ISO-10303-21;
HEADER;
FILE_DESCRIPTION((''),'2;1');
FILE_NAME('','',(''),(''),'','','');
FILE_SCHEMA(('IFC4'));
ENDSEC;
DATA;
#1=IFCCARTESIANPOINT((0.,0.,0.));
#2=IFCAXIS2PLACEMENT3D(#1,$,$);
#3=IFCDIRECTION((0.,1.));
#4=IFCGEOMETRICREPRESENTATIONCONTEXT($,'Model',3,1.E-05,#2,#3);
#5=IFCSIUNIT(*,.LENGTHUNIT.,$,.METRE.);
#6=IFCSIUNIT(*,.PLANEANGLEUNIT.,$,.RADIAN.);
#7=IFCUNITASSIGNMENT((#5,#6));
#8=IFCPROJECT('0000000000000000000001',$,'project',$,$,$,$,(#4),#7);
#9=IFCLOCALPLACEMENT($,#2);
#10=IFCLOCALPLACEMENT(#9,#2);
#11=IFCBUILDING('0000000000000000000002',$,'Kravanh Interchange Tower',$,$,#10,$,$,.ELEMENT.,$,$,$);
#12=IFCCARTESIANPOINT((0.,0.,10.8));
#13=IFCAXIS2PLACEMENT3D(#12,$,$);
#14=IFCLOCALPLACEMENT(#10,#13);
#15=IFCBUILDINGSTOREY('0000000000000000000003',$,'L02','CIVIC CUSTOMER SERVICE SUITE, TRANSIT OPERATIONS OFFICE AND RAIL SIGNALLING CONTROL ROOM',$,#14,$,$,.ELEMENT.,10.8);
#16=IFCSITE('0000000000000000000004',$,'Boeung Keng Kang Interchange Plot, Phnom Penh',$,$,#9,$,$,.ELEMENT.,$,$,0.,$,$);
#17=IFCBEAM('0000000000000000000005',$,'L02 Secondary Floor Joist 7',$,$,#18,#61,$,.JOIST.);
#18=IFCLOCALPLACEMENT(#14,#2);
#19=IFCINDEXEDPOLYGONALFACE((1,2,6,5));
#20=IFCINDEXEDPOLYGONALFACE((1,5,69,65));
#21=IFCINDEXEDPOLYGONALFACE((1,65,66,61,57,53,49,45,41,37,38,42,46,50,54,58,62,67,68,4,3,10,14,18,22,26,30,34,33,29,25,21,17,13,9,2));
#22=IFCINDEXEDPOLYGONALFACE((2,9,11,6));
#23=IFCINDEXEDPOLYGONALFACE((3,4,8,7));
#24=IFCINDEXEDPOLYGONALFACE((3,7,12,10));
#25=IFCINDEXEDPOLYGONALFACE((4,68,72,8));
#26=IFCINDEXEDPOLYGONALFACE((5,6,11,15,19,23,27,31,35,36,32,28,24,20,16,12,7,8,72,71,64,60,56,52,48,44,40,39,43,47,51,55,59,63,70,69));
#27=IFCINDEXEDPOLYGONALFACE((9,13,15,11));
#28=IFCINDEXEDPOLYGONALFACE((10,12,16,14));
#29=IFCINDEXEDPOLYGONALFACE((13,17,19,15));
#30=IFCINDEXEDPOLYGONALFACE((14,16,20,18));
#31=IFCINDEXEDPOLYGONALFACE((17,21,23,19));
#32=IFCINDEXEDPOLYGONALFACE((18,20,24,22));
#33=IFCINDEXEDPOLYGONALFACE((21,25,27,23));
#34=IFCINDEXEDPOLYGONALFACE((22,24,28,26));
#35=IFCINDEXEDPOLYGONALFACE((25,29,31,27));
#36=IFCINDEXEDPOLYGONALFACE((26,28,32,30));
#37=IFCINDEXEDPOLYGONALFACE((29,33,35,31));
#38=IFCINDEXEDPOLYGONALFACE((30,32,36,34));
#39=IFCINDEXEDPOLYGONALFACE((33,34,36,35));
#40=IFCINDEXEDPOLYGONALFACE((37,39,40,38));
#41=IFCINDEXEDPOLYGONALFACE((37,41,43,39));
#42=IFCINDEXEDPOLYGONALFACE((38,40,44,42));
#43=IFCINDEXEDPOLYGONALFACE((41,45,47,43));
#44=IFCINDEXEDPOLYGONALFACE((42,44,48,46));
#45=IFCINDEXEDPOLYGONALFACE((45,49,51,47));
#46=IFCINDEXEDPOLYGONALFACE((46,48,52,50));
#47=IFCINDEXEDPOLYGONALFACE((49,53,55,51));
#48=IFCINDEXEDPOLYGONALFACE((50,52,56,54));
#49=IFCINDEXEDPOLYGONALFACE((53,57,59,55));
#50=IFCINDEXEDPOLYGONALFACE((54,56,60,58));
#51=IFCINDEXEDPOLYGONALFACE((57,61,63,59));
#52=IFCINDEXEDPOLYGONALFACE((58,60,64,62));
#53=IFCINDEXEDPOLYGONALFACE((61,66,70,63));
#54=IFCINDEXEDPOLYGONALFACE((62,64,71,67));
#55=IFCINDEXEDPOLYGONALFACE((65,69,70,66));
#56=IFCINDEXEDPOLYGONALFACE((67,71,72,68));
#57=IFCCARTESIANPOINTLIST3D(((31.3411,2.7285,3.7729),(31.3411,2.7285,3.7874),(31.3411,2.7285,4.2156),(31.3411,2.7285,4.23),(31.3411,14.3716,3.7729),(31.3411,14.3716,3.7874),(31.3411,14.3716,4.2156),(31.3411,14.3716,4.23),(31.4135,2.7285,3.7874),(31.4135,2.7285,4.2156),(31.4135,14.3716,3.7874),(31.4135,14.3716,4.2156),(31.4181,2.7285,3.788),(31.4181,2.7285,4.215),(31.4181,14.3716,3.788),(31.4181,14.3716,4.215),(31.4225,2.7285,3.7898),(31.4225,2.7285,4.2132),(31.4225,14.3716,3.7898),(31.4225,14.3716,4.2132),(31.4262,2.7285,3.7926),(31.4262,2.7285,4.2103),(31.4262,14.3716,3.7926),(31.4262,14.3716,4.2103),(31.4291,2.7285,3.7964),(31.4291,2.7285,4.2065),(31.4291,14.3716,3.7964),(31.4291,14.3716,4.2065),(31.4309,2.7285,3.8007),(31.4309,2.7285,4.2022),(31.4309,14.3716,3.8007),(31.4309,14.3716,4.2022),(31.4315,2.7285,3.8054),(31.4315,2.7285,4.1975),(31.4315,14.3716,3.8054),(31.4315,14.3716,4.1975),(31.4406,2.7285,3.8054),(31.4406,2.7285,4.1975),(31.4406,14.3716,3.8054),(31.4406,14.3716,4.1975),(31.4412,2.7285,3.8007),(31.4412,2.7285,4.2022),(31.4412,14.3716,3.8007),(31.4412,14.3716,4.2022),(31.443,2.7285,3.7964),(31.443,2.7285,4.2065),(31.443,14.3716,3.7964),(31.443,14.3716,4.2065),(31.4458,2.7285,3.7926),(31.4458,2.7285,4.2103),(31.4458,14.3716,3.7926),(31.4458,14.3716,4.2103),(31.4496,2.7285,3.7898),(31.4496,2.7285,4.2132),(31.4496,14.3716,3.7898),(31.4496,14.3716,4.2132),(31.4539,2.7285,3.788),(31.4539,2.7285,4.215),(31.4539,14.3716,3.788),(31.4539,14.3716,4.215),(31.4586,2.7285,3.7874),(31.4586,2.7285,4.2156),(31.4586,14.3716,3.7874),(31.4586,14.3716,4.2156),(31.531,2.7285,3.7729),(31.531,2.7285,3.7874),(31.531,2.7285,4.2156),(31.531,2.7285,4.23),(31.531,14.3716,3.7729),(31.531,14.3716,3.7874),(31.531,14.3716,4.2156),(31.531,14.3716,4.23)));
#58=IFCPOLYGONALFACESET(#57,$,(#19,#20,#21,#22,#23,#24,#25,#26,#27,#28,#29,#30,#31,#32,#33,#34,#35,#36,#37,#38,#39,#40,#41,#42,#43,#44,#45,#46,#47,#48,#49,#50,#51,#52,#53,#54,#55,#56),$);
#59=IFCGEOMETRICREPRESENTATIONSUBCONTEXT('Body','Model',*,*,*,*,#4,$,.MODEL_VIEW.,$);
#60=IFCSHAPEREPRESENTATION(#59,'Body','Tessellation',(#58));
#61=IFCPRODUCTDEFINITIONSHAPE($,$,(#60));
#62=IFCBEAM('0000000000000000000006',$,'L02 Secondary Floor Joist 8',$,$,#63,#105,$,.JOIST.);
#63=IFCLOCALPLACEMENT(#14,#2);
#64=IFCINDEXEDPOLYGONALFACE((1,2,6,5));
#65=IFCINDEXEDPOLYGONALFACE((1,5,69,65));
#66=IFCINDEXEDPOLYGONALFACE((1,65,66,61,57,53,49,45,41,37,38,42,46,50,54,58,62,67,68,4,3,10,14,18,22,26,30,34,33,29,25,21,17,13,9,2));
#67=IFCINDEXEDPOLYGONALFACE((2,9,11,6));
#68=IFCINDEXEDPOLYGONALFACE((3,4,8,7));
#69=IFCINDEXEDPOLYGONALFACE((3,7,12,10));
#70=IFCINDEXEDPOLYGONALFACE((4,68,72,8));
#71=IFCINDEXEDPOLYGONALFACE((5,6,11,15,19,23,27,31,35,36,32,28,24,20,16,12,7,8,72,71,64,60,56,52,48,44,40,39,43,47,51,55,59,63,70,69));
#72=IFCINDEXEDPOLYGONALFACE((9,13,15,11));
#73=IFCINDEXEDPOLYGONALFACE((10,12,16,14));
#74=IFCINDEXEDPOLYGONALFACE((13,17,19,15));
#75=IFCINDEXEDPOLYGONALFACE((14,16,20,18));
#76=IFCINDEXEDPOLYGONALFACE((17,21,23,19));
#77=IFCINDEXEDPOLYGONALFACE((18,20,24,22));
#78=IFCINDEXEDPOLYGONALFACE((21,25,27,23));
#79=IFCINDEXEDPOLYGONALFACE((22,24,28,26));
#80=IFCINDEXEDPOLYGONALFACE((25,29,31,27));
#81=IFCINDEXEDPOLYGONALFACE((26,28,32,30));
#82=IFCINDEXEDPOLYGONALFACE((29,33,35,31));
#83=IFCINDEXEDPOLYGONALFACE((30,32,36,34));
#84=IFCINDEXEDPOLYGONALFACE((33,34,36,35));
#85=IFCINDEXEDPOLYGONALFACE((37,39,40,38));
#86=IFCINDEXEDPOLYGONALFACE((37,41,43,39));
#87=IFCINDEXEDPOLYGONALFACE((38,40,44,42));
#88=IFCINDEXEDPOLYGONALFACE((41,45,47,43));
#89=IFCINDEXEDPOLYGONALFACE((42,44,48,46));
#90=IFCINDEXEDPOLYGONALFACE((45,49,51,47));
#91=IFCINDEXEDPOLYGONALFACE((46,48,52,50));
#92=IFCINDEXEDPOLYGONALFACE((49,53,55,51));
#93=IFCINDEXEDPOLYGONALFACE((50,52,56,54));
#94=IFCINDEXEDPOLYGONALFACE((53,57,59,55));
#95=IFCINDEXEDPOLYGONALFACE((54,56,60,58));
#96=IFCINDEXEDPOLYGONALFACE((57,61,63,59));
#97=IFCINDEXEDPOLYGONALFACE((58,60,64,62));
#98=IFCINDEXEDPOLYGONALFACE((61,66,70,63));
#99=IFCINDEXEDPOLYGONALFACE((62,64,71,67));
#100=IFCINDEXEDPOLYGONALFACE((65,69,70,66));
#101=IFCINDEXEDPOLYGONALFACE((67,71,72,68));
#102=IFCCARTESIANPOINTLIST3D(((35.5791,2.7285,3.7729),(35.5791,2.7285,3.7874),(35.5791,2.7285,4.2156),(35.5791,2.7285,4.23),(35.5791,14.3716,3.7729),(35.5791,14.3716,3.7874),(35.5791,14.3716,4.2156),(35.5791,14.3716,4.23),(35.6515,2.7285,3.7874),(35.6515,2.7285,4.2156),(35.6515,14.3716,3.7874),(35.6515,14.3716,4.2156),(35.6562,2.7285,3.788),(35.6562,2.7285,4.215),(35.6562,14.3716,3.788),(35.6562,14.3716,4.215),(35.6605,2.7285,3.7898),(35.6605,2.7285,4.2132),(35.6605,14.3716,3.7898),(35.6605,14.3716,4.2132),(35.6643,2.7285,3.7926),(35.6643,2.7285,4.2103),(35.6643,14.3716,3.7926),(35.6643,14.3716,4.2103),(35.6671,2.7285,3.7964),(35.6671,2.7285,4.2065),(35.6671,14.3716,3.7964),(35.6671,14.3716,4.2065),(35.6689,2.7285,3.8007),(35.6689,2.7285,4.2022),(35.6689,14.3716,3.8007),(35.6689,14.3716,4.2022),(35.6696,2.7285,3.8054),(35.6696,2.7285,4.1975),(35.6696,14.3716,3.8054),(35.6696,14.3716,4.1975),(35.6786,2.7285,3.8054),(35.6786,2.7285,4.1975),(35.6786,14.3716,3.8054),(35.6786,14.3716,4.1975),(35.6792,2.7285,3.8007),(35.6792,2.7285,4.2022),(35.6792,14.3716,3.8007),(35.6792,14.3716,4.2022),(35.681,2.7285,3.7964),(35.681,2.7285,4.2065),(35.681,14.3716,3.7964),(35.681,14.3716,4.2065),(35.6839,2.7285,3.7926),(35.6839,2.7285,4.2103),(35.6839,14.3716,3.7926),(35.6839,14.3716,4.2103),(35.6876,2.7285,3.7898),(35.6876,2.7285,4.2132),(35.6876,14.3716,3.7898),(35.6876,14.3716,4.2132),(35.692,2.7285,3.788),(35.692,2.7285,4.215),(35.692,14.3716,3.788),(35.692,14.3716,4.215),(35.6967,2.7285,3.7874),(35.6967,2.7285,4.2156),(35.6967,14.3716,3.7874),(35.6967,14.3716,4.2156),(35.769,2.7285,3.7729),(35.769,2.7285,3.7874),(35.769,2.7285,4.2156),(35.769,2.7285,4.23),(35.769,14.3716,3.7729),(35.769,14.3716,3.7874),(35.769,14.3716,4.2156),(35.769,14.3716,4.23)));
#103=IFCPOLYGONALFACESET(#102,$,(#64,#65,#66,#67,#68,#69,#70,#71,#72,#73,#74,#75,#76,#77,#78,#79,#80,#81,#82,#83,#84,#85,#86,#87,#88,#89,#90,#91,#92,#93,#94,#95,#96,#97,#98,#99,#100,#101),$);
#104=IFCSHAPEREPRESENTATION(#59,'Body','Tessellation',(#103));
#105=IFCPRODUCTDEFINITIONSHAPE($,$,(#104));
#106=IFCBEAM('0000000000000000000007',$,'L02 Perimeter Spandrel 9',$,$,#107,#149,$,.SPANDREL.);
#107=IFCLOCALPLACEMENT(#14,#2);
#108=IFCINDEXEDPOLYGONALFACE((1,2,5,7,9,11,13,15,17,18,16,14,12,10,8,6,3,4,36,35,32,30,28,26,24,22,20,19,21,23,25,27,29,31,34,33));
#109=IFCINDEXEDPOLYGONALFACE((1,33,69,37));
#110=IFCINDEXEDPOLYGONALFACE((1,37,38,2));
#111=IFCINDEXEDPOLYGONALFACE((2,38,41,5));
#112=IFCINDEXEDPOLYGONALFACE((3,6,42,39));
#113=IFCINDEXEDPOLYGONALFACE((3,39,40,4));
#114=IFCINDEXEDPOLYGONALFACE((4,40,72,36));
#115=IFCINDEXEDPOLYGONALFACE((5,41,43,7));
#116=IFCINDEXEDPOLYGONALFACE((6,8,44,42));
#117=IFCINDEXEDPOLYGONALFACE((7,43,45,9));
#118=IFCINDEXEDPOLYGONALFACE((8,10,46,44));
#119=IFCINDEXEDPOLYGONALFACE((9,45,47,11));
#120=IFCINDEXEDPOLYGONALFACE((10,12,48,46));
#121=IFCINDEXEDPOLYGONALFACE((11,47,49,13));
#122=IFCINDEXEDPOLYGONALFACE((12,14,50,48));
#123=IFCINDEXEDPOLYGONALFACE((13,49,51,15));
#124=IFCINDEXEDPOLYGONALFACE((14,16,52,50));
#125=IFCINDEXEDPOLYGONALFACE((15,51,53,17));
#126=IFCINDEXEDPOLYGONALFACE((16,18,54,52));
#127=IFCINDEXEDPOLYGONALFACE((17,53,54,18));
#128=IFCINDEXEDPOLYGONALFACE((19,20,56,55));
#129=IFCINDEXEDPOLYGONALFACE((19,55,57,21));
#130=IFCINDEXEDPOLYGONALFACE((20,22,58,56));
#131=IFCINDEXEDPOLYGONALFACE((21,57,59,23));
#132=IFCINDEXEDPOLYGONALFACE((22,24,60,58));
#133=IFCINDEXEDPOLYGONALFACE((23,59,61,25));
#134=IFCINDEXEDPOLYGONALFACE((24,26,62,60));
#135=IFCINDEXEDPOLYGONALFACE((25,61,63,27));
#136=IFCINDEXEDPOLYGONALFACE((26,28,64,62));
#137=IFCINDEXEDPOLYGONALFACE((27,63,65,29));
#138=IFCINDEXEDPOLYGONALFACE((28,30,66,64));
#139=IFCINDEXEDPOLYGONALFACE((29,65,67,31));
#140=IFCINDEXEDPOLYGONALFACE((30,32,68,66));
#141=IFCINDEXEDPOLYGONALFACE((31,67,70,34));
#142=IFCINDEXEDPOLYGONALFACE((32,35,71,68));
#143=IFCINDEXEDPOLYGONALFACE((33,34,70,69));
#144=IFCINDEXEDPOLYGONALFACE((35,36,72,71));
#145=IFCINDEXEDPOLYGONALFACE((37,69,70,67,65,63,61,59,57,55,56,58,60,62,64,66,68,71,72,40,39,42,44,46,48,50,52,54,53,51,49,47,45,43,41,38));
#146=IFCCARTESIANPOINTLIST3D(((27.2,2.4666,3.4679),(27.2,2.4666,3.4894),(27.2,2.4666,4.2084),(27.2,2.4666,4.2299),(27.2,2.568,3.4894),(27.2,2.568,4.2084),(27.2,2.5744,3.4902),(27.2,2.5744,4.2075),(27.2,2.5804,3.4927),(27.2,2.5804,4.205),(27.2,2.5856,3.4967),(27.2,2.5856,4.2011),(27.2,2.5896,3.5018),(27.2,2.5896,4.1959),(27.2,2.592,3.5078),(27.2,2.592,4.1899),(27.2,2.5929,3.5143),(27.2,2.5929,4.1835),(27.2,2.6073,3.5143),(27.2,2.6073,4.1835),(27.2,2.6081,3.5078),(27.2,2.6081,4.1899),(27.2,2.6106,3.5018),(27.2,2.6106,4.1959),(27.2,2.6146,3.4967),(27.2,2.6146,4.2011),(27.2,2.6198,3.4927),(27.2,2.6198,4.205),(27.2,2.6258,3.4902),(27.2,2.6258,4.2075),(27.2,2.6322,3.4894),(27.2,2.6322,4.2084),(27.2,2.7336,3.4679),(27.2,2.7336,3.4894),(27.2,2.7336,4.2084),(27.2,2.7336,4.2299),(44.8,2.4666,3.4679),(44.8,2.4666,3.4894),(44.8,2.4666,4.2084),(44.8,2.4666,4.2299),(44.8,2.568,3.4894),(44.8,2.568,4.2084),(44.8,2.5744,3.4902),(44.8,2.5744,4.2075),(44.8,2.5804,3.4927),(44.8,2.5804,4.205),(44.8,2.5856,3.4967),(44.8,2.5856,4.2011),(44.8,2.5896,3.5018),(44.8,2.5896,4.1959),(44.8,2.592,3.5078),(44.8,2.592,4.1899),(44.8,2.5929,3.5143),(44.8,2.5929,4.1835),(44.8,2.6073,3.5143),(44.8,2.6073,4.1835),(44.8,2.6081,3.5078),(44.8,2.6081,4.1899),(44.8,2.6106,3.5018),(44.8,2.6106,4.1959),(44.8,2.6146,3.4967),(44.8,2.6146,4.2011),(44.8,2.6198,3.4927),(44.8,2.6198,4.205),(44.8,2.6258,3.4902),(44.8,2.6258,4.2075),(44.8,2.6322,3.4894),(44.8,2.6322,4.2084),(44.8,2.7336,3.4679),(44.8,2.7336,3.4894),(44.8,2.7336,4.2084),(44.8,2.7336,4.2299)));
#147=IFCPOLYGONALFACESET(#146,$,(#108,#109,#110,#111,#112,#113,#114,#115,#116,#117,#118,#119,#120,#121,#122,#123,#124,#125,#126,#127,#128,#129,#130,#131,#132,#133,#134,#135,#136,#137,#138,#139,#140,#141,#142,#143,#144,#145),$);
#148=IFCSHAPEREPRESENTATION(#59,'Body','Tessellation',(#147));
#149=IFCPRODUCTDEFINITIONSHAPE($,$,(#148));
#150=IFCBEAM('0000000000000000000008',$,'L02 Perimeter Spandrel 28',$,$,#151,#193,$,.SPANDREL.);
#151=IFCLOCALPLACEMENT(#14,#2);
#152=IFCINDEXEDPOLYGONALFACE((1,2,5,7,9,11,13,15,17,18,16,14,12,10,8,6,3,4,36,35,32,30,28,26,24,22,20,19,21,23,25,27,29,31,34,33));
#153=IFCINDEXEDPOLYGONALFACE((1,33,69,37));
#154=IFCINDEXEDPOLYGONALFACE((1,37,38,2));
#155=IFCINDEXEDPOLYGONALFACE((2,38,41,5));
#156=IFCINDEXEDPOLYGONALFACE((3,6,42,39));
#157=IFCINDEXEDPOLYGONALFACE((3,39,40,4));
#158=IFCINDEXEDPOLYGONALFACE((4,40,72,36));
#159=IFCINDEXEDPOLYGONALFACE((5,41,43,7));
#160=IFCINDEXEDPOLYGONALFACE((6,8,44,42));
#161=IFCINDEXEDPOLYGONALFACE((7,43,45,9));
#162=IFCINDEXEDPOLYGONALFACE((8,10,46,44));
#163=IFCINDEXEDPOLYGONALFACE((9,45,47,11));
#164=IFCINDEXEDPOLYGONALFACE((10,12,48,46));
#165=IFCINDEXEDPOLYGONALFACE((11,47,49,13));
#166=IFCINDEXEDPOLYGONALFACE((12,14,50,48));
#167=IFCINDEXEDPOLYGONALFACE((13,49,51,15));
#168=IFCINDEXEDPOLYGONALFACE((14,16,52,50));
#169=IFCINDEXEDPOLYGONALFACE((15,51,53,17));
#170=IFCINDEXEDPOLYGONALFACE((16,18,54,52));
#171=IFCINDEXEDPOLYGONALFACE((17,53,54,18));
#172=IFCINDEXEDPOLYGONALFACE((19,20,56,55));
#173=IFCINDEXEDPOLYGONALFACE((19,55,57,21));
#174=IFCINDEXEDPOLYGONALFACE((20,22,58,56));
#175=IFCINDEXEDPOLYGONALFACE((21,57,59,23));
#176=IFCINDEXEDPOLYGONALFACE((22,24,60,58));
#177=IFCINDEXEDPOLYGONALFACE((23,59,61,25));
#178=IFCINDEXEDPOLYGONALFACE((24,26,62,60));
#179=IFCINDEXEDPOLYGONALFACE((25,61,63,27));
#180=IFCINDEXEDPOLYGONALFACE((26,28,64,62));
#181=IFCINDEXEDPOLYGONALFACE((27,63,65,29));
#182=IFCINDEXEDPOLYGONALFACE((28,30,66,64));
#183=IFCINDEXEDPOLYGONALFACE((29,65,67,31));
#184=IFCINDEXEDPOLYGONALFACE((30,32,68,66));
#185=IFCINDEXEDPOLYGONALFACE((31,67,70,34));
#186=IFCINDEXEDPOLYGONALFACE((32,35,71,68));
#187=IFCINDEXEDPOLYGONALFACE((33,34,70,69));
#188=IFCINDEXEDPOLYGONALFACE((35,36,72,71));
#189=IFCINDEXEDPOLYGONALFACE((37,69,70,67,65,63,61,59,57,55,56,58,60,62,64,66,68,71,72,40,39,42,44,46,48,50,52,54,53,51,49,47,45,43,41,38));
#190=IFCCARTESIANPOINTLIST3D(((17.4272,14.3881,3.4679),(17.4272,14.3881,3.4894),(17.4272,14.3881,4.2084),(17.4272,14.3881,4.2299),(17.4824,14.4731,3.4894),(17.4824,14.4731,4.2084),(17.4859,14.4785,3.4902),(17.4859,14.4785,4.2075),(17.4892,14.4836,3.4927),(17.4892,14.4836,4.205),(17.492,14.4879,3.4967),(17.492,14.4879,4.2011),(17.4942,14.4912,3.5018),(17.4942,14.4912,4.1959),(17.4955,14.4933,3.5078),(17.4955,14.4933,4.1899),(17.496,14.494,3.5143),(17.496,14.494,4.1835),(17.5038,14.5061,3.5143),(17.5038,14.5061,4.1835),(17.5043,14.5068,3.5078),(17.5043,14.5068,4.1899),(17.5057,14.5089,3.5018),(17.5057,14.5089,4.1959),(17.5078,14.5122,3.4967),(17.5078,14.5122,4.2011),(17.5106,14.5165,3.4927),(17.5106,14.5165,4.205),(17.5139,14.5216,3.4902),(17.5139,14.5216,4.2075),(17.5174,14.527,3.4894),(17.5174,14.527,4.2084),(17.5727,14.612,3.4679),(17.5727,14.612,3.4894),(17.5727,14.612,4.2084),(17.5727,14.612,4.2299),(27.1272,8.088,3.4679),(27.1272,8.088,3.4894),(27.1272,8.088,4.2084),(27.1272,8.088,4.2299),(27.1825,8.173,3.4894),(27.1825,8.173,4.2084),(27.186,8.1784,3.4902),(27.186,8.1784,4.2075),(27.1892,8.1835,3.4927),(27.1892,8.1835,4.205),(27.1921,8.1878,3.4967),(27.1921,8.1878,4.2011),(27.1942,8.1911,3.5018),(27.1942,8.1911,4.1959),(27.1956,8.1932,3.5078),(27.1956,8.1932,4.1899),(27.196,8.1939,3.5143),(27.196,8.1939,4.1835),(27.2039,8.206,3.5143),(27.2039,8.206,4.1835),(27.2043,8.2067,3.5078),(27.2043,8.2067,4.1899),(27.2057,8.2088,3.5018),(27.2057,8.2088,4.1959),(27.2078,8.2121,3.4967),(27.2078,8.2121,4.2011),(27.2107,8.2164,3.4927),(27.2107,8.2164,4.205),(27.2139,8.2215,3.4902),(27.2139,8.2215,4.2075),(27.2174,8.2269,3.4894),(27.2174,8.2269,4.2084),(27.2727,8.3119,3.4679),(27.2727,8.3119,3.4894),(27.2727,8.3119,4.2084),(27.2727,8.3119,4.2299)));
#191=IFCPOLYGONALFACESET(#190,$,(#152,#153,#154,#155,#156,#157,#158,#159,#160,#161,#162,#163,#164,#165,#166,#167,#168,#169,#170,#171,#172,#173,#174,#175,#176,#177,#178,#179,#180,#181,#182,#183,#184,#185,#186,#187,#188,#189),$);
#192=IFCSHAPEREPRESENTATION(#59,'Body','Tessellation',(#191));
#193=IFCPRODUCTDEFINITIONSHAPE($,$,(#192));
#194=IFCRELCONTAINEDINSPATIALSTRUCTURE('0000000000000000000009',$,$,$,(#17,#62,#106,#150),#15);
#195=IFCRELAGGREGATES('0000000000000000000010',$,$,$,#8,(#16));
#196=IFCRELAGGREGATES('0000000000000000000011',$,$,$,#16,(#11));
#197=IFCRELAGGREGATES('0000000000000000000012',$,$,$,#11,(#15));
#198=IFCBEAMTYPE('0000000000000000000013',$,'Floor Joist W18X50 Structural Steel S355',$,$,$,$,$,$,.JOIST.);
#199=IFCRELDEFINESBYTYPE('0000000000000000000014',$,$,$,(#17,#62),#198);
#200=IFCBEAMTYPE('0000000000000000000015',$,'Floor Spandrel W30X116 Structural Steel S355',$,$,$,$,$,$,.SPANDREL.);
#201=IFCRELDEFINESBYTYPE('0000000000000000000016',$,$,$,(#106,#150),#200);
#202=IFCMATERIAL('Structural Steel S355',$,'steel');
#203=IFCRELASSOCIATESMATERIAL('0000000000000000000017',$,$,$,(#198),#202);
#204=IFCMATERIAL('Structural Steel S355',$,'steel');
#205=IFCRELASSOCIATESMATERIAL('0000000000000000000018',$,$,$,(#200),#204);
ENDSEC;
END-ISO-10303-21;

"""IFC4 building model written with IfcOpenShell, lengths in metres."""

from ifc_helpers import new_model, si_unit, direction, frame, origin, origin_2d, place, context, subcontext, project, spatial, i_section, extrude, material, material_profile, profile_set, type_object, element, save


model = new_model("IFC4")

# Units and contexts
model_context = context("Model", 3, precision=1e-05, world=origin(), true_north=direction((0.0, 1.0)))
body_context = subcontext(model_context, "Body", "Model", "MODEL_VIEW")
ifc_project = project(units=[si_unit("LENGTHUNIT", "METRE"), si_unit("PLANEANGLEUNIT", "RADIAN")], contexts=[model_context])

# Site, building, storey
site_placement = place(None, origin())
site = spatial("IfcSite", under=ifc_project, at=site_placement, Name="Boeung Keng Kang Interchange Plot, Phnom Penh", CompositionType="ELEMENT", RefElevation=0.0)
building_placement = place(site_placement, origin())
building = spatial("IfcBuilding", under=site, at=building_placement, Name="Kravanh Interchange Tower", CompositionType="ELEMENT")
storey_placement = place(building_placement, frame((0.0, 0.0, 10.8)))
storey = spatial("IfcBuildingStorey", under=building, at=storey_placement, Name="L02", Description="CIVIC CUSTOMER SERVICE SUITE, TRANSIT OPERATIONS OFFICE AND RAIL SIGNALLING CONTROL ROOM", CompositionType="ELEMENT", Elevation=10.8)

# Beams
ifc_material_1 = material(Name="Structural Steel S355", Category="steel")
ifc_material_profile_1 = material_profile(ifc_material_1, i_section(OverallWidth=0.1899, OverallDepth=0.457, WebThickness=0.009, FlangeThickness=0.0144, FilletRadius=0.0181, at=origin_2d()), Name="W18X50")
ifc_profile_set_1 = profile_set([ifc_material_profile_1], Name="Structural Steel S355")
beam_type_1 = type_object("IfcBeamType", Name="Floor Joist W18X50 Structural Steel S355", PredefinedType="JOIST", material=ifc_profile_set_1)
for number, where, z_axis, x_axis, name in (
    (1, (31.436, 2.7285, 4.0015), (0.0, 1.0, 0.0), (-1.0, 0.0, 0.0), "L02 Secondary Floor Joist 7"),
    (2, (35.6741, 2.7285, 4.0015), (0.0, 1.0, 0.0), (-1.0, 0.0, 0.0), "L02 Secondary Floor Joist 8"),
):
    element("IfcBeam", number, at=place(storey_placement, frame(where, z_axis=z_axis, x_axis=x_axis)), inside=storey, type_object=beam_type_1, Name=name, PredefinedType="JOIST", context=body_context, shape_type="SweptSolid", body=[
        extrude(i_section(OverallWidth=0.1899, OverallDepth=0.457, WebThickness=0.009, FlangeThickness=0.0144, FilletRadius=0.0181, at=origin_2d()), origin(), (0.0, 0.0, 1.0), 11.6431),
    ])
ifc_material_2 = material(Name="Structural Steel S355", Category="steel")
ifc_material_profile_2 = material_profile(ifc_material_2, i_section(OverallWidth=0.2671, OverallDepth=0.762, WebThickness=0.0144, FlangeThickness=0.0215, FilletRadius=0.0249, at=origin_2d()), Name="W30X116")
ifc_profile_set_2 = profile_set([ifc_material_profile_2], Name="Structural Steel S355")
beam_type_2 = type_object("IfcBeamType", Name="Floor Spandrel W30X116 Structural Steel S355", PredefinedType="SPANDREL", material=ifc_profile_set_2)
beam_1_placement = place(storey_placement, frame((27.2, 2.6001, 3.8489), z_axis=(1.0, 0.0, 0.0), x_axis=(0.0, 1.0, 0.0)))
element("IfcBeam", 3, at=beam_1_placement, inside=storey, type_object=beam_type_2, Name="L02 Perimeter Spandrel 9", PredefinedType="SPANDREL", context=body_context, shape_type="SweptSolid", body=[
    extrude(i_section(OverallWidth=0.2671, OverallDepth=0.762, WebThickness=0.0144, FlangeThickness=0.0215, FilletRadius=0.0249, at=origin_2d()), origin(), (0.0, 0.0, 1.0), 17.6001),
])
beam_2_placement = place(storey_placement, frame((27.2, 8.2, 3.8489), z_axis=(-0.838638, 0.544689, 0.0), x_axis=(-0.544689, -0.838638, 0.0)))
element("IfcBeam", 4, at=beam_2_placement, inside=storey, type_object=beam_type_2, Name="L02 Perimeter Spandrel 28", PredefinedType="SPANDREL", context=body_context, shape_type="SweptSolid", body=[
    extrude(i_section(OverallWidth=0.2671, OverallDepth=0.762, WebThickness=0.0144, FlangeThickness=0.0215, FilletRadius=0.0249, at=origin_2d()), origin(), (0.0, 0.0, 1.0), 11.5664),
])

save(model, "model.ifc")
